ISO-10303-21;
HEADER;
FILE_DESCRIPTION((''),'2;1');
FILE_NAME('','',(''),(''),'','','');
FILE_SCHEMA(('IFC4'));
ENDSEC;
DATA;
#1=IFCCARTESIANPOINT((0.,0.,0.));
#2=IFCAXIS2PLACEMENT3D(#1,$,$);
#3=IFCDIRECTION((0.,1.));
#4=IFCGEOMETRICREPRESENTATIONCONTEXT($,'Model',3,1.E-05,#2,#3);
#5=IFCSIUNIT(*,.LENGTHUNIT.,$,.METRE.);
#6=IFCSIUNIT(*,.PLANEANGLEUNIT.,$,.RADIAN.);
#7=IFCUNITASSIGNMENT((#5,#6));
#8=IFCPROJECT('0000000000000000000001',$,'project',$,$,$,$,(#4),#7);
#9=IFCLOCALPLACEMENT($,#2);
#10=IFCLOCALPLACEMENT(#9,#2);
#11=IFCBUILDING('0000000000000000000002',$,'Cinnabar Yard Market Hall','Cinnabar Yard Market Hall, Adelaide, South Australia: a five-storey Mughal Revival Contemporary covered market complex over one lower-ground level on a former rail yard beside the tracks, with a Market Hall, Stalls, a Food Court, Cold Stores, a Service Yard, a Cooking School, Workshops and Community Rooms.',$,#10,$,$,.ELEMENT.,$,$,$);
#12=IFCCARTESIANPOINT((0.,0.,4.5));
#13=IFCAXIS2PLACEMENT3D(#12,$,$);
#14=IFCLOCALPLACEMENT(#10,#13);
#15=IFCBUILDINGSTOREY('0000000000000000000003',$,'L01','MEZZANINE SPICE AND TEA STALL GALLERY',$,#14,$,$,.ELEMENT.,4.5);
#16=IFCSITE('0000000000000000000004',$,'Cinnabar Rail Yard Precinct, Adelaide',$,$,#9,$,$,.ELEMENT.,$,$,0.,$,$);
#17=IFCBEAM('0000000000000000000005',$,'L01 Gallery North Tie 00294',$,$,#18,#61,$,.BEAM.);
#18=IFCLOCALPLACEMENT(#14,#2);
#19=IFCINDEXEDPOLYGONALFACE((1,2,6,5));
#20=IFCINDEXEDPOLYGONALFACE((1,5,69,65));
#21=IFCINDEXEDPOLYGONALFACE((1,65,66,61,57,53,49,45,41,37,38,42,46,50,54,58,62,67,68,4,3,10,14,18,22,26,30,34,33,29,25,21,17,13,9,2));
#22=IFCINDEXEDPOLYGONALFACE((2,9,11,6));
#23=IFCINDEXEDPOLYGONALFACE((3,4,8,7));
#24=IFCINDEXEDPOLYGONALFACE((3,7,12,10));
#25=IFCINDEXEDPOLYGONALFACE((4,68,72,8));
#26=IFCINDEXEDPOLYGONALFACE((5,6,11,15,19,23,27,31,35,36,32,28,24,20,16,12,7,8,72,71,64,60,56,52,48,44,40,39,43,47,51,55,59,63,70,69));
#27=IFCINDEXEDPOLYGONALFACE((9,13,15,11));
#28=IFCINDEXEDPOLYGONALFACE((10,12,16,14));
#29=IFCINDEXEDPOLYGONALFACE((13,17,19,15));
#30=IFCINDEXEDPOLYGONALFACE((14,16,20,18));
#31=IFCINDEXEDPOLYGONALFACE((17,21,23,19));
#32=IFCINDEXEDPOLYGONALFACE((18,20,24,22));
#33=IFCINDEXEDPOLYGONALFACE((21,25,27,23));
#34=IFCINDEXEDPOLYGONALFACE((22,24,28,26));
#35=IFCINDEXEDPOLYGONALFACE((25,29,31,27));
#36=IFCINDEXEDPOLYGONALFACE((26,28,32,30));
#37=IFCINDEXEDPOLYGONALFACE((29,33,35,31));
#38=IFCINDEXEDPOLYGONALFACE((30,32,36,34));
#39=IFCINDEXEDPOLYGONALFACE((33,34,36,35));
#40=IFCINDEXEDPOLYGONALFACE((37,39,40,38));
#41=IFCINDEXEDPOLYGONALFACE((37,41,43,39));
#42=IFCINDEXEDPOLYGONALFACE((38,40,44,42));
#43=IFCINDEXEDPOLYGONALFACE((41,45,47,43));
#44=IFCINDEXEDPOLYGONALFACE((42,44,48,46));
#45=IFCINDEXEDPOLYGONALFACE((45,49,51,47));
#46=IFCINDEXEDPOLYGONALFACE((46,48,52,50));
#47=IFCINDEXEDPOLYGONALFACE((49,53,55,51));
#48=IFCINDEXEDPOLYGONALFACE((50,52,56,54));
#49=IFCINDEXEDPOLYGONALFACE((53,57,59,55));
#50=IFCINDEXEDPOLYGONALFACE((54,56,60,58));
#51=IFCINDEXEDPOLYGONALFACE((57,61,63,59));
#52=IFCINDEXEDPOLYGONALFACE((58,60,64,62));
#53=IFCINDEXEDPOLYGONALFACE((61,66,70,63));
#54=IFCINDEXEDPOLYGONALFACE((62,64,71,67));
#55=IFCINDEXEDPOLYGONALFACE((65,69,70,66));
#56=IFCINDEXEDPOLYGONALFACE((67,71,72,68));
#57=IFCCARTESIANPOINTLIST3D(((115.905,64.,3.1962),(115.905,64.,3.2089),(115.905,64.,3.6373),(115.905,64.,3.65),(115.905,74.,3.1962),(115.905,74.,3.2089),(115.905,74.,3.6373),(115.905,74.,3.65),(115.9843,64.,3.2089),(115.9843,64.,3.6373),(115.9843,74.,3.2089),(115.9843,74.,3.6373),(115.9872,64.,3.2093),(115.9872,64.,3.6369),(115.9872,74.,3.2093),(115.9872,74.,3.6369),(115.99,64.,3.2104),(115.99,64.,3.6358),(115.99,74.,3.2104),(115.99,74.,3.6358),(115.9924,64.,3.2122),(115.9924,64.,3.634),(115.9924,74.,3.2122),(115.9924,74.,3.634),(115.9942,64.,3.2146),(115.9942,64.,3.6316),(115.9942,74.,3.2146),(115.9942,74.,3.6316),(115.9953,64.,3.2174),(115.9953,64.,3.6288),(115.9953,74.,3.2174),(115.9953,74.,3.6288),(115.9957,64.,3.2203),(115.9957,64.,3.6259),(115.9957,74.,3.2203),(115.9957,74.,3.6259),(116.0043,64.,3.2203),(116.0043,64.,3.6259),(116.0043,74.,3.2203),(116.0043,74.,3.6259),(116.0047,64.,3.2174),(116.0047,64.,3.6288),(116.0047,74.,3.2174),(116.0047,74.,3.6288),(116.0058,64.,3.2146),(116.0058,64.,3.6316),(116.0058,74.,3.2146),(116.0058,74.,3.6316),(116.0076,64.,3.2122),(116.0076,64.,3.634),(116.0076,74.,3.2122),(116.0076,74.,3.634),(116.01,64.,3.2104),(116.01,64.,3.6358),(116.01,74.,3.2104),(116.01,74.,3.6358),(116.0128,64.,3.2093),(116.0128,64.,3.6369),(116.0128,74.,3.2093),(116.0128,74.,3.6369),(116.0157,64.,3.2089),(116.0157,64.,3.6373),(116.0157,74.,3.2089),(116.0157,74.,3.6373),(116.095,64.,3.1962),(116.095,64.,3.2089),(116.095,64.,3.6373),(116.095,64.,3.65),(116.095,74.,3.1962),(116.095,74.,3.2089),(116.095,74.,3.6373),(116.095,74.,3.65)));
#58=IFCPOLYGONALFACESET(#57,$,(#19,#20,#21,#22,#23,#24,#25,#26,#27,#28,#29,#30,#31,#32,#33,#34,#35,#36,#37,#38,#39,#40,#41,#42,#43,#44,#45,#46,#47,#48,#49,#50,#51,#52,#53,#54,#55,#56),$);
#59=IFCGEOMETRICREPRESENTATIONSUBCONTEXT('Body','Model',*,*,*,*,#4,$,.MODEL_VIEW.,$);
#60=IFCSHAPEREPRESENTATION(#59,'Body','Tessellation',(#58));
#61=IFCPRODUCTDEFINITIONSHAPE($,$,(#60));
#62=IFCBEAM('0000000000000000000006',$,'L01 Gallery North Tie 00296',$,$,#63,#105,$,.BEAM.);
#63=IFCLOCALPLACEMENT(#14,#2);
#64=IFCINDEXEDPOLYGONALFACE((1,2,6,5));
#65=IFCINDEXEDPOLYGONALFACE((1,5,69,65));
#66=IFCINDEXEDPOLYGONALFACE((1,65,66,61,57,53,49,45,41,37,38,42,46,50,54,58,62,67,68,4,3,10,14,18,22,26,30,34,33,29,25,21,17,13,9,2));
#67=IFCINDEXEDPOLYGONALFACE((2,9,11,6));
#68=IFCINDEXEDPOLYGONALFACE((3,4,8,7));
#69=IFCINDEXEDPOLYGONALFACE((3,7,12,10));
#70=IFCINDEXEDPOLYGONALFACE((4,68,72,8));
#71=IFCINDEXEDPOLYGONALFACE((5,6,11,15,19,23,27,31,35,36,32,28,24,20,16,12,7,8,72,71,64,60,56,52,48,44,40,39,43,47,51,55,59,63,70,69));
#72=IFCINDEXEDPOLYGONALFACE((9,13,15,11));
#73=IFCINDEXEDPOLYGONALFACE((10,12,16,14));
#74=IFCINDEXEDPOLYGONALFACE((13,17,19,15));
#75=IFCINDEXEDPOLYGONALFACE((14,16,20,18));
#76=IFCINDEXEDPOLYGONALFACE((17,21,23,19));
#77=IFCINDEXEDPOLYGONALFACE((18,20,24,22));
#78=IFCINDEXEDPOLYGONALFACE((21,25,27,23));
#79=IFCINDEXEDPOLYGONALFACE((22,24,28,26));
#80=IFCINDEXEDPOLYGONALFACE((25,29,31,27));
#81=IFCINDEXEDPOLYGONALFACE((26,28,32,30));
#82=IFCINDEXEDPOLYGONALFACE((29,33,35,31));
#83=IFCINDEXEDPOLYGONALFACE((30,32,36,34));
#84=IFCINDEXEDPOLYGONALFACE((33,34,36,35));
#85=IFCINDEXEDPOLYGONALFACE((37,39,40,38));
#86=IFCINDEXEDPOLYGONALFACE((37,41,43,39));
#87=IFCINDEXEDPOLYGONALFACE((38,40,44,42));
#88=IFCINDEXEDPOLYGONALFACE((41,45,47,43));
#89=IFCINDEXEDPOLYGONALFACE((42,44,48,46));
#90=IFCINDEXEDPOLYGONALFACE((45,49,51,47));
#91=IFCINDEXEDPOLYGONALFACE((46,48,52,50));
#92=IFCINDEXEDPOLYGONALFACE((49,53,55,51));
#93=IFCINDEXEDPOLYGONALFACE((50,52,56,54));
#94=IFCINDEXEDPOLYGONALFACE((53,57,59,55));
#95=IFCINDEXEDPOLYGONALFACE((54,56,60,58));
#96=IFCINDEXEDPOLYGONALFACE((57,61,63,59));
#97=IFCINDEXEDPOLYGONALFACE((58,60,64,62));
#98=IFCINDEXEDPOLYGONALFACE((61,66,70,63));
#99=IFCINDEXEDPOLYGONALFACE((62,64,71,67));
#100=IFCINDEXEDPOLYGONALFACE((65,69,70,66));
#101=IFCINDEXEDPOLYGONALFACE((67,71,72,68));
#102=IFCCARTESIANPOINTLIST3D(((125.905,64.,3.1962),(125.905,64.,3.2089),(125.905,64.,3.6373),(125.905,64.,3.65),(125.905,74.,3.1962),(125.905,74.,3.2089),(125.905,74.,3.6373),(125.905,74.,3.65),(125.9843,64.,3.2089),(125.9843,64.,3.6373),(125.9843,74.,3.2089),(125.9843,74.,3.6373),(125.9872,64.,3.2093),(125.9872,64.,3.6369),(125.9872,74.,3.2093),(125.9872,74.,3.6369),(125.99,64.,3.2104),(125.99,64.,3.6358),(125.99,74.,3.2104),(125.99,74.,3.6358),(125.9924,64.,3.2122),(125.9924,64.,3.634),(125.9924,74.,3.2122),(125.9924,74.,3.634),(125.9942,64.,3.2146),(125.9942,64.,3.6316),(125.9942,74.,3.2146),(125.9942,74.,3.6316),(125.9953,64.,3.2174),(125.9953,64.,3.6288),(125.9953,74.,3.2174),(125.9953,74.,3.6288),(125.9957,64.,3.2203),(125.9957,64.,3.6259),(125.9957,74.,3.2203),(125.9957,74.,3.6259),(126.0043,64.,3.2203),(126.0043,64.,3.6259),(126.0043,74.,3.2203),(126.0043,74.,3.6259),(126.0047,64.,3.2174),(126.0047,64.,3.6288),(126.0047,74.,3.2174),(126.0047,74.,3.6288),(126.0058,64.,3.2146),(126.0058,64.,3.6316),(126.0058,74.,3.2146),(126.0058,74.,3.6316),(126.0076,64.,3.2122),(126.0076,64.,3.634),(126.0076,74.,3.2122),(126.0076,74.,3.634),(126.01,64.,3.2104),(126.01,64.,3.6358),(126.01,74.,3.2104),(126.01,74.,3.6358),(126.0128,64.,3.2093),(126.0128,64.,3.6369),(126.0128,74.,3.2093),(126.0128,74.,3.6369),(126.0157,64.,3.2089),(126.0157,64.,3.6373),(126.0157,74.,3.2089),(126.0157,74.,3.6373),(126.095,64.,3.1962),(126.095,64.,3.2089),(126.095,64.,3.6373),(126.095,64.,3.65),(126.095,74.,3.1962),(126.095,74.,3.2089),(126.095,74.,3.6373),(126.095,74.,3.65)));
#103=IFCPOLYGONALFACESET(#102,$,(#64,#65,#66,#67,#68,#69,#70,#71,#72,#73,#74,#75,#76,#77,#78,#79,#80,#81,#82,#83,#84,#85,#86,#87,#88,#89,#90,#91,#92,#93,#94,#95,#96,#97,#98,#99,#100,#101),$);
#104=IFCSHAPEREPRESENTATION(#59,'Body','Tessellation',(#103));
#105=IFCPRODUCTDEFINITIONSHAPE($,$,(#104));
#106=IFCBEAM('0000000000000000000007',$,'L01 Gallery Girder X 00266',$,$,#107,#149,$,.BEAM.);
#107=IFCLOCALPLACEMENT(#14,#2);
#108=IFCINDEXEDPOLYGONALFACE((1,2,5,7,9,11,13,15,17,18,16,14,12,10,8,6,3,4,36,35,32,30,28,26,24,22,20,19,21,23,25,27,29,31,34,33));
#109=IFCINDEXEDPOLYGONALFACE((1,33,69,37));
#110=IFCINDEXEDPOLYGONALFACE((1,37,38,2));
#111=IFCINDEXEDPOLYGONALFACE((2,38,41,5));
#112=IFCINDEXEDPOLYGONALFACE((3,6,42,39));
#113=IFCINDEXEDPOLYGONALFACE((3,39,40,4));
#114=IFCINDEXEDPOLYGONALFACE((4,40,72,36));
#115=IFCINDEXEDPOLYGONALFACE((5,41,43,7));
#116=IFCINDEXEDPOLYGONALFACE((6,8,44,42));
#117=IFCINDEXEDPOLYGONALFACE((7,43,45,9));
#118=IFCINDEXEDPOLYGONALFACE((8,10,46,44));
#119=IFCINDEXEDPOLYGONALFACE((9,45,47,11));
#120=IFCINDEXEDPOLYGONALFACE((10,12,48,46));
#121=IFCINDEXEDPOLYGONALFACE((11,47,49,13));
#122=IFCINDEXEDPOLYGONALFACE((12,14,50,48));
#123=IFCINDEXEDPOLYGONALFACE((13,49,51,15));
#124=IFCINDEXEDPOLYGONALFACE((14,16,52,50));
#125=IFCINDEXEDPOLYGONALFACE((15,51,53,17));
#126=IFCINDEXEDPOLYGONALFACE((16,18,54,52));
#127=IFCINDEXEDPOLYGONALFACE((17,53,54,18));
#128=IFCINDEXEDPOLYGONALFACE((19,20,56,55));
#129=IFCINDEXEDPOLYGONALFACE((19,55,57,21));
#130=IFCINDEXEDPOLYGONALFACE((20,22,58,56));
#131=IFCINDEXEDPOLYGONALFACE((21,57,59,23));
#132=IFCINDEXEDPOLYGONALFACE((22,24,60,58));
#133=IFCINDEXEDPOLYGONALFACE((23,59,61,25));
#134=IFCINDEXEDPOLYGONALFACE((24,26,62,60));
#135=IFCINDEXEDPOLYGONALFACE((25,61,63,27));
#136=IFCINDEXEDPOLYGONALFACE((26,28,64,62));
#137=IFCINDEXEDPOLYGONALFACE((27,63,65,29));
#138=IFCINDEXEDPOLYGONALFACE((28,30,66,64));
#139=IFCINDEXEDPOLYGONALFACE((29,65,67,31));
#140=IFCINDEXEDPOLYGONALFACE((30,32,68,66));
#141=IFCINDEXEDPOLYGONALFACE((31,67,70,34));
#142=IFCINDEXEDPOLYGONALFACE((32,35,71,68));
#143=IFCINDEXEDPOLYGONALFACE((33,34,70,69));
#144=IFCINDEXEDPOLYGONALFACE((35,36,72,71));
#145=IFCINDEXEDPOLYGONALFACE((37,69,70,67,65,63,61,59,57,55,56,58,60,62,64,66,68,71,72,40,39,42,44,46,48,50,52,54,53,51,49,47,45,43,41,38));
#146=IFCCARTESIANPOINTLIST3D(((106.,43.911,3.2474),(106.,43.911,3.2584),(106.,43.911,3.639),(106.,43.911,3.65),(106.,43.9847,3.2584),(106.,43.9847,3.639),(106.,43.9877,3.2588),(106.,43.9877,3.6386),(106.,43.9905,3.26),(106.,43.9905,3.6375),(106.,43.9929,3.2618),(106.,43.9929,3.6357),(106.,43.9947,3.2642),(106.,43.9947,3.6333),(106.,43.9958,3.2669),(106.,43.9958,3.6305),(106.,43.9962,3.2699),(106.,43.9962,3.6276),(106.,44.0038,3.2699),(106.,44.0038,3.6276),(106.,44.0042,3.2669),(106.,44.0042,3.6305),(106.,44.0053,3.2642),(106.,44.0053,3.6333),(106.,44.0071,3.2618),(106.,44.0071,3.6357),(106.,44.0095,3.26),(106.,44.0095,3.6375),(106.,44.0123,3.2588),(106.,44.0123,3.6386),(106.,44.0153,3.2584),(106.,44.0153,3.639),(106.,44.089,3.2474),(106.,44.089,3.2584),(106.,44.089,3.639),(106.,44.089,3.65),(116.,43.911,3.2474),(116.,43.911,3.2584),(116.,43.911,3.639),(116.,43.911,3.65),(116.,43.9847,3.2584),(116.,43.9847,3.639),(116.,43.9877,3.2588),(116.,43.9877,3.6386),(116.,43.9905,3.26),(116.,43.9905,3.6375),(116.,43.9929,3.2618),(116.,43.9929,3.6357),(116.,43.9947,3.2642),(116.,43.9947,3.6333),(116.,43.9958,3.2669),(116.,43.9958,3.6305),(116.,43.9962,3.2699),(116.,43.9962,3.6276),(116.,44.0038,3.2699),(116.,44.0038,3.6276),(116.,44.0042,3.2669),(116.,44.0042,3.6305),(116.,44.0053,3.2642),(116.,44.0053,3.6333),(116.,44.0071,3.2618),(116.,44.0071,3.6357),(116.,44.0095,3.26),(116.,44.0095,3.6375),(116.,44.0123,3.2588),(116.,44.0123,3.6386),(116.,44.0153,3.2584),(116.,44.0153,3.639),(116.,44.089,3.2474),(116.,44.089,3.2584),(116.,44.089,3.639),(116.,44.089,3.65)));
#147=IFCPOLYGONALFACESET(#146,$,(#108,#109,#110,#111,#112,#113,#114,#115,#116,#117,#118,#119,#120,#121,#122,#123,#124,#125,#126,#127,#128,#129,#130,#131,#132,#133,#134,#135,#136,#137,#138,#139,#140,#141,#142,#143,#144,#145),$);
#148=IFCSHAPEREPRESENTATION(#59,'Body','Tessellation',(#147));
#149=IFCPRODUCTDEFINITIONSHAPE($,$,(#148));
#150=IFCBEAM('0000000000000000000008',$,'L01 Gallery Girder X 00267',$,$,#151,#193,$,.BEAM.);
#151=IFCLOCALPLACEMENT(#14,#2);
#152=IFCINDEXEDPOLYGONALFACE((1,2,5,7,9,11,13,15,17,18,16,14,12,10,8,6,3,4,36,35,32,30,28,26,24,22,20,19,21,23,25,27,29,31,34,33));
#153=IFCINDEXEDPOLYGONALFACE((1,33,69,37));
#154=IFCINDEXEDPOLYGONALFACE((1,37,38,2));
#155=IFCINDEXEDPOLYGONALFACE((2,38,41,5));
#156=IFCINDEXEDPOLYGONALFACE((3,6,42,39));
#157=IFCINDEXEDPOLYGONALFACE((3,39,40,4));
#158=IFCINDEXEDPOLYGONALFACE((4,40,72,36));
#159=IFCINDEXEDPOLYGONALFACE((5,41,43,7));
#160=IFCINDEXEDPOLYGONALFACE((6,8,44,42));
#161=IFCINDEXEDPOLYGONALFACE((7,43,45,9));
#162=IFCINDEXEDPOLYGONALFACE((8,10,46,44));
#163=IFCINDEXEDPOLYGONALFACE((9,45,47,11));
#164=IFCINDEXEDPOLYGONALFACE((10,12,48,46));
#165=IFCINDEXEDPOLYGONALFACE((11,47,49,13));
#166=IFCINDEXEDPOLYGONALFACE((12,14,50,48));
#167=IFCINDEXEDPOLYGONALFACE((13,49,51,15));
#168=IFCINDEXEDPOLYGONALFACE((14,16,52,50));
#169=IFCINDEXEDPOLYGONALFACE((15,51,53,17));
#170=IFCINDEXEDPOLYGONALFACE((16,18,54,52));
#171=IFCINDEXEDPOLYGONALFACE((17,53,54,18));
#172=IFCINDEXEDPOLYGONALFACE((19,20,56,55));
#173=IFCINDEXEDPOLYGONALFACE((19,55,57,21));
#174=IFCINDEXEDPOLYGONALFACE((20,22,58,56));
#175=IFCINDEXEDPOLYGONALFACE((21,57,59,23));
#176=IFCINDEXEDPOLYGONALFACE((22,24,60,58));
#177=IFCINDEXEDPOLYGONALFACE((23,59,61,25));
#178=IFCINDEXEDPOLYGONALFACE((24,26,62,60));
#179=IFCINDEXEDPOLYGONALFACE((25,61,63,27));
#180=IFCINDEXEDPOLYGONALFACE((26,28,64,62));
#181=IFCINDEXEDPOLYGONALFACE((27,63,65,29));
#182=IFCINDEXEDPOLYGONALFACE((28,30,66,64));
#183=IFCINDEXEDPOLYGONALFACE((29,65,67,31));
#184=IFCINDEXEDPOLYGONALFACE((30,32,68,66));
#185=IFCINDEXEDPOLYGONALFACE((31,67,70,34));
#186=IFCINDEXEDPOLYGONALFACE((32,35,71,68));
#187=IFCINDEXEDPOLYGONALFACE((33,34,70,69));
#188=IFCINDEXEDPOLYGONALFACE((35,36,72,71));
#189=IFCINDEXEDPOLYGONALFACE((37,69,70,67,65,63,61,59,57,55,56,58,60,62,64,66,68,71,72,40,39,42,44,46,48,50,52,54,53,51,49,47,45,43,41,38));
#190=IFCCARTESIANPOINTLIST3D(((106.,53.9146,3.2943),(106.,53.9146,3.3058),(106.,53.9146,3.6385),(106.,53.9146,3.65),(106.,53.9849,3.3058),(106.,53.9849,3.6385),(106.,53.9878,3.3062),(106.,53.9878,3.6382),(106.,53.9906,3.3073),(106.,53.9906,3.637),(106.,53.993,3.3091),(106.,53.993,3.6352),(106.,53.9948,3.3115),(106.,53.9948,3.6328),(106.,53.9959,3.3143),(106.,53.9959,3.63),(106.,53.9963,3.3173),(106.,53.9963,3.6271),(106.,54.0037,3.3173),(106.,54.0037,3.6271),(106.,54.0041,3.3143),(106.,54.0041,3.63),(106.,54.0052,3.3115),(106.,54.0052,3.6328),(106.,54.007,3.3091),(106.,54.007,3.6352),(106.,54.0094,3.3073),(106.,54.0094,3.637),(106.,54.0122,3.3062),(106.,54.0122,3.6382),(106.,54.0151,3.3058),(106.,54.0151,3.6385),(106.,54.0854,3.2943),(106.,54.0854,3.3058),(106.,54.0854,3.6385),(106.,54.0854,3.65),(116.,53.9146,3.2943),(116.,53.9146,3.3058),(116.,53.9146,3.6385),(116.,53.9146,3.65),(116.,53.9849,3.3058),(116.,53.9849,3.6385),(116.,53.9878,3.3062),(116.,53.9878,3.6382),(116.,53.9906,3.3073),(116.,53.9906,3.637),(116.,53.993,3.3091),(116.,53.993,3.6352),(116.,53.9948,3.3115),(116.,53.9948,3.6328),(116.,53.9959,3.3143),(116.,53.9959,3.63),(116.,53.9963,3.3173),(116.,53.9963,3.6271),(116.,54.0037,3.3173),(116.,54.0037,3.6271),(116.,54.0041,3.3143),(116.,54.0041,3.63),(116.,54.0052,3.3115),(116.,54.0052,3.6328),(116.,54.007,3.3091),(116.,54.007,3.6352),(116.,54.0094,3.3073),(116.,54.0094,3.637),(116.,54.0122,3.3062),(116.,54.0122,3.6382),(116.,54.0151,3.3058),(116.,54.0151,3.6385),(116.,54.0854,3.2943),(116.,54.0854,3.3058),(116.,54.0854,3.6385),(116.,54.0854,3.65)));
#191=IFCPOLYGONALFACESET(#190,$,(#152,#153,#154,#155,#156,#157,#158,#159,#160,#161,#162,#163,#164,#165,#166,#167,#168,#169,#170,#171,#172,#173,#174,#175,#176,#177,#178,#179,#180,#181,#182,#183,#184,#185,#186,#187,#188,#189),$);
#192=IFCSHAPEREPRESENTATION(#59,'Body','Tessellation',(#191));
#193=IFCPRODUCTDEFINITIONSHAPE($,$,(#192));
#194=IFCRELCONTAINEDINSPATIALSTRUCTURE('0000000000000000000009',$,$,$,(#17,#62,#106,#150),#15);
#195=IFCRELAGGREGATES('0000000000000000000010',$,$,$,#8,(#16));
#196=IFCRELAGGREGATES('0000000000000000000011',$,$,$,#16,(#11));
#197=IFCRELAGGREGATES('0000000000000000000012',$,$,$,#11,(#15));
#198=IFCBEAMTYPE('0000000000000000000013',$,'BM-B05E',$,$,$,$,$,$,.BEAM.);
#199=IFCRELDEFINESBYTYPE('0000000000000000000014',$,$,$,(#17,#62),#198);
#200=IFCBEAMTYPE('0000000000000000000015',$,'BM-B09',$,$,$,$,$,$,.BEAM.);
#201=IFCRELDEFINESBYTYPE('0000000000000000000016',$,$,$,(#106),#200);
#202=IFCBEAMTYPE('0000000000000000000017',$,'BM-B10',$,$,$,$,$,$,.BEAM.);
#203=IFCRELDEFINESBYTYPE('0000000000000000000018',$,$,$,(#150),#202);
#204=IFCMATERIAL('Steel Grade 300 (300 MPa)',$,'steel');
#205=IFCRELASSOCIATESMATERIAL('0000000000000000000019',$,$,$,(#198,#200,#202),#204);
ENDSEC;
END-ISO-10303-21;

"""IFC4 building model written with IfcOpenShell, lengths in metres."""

from ifc_helpers import new_model, si_unit, direction, frame, origin, origin_2d_with_axis, place, context, subcontext, project, spatial, i_section, extrude, material, material_profile, profile_set, type_object, element, save


model = new_model("IFC4")

# Units and contexts
model_context = context("Model", 3, precision=1e-05, world=origin(), true_north=direction((0.0, 1.0)))
body_context = subcontext(model_context, "Body", "Model", "MODEL_VIEW")
ifc_project = project(units=[si_unit("LENGTHUNIT", "METRE"), si_unit("PLANEANGLEUNIT", "RADIAN")], contexts=[model_context])

# Site, building, storey
site_placement = place(None, origin())
site = spatial("IfcSite", under=ifc_project, at=site_placement, Name="Cinnabar Rail Yard Precinct, Adelaide", CompositionType="ELEMENT", RefElevation=0.0)
building_placement = place(site_placement, origin())
building = spatial("IfcBuilding", under=site, at=building_placement, Name="Cinnabar Yard Market Hall", Description="Cinnabar Yard Market Hall, Adelaide, South Australia: a five-storey Mughal Revival Contemporary covered market complex over one lower-ground level on a former rail yard beside the tracks, with a Market Hall, Stalls, a Food Court, Cold Stores, a Service Yard, a Cooking School, Workshops and Community Rooms.", CompositionType="ELEMENT")
storey_placement = place(building_placement, frame((0.0, 0.0, 4.5)))
storey = spatial("IfcBuildingStorey", under=building, at=storey_placement, Name="L01", Description="MEZZANINE SPICE AND TEA STALL GALLERY", CompositionType="ELEMENT", Elevation=4.5)

# Beams
ifc_material_1 = material(Name="Steel Grade 300 (300 MPa)", Category="steel")
ifc_material_profile_1 = material_profile(ifc_material_1, i_section(OverallWidth=0.1899, OverallDepth=0.4539, WebThickness=0.0085, FlangeThickness=0.0127, FilletRadius=0.0115, at=origin_2d_with_axis()), Name="460UB67.1")
ifc_profile_set_1 = profile_set([ifc_material_profile_1], Name="Steel Grade 300 (300 MPa)")
beam_type_1 = type_object("IfcBeamType", Name="BM-B05E", PredefinedType="BEAM", material=ifc_profile_set_1)
for number, where, z_axis, x_axis, name in (
    (1, (116.0, 64.0, 3.4231), (0.0, 1.0, 0.0), (-1.0, 0.0, 0.0), "L01 Gallery North Tie 00294"),
    (2, (126.0, 64.0, 3.4231), (0.0, 1.0, 0.0), (-1.0, 0.0, 0.0), "L01 Gallery North Tie 00296"),
):
    element("IfcBeam", number, at=place(storey_placement, frame(where, z_axis=z_axis, x_axis=x_axis)), inside=storey, type_object=beam_type_1, Name=name, PredefinedType="BEAM", context=body_context, shape_type="SweptSolid", body=[
        extrude(i_section(OverallWidth=0.1899, OverallDepth=0.4539, WebThickness=0.0085, FlangeThickness=0.0127, FilletRadius=0.0115, at=origin_2d_with_axis()), origin(), (0.0, 0.0, 1.0), 10.0),
    ])
ifc_material_profile_2 = material_profile(ifc_material_1, i_section(OverallWidth=0.178, OverallDepth=0.4026, WebThickness=0.0076, FlangeThickness=0.011, FilletRadius=0.0115, at=origin_2d_with_axis()), Name="410UB53.7")
ifc_profile_set_2 = profile_set([ifc_material_profile_2], Name="Steel Grade 300 (300 MPa)")
beam_type_2 = type_object("IfcBeamType", Name="BM-B09", PredefinedType="BEAM", material=ifc_profile_set_2)
beam_1_placement = place(storey_placement, frame((106.0, 44.0, 3.4487), z_axis=(1.0, 0.0, 0.0), x_axis=(0.0, 1.0, 0.0)))
element("IfcBeam", 3, at=beam_1_placement, inside=storey, type_object=beam_type_2, Name="L01 Gallery Girder X 00266", PredefinedType="BEAM", context=body_context, shape_type="SweptSolid", body=[
    extrude(i_section(OverallWidth=0.178, OverallDepth=0.4026, WebThickness=0.0076, FlangeThickness=0.011, FilletRadius=0.0115, at=origin_2d_with_axis()), origin(), (0.0, 0.0, 1.0), 10.0),
])
ifc_material_profile_3 = material_profile(ifc_material_1, i_section(OverallWidth=0.1709, OverallDepth=0.3557, WebThickness=0.0073, FlangeThickness=0.0115, FilletRadius=0.0115, at=origin_2d_with_axis()), Name="360UB50.7")
ifc_profile_set_3 = profile_set([ifc_material_profile_3], Name="Steel Grade 300 (300 MPa)")
beam_type_3 = type_object("IfcBeamType", Name="BM-B10", PredefinedType="BEAM", material=ifc_profile_set_3)
for number, where, z_axis, x_axis, name in (
    (4, (106.0, 54.0, 3.4722), (1.0, 0.0, 0.0), (0.0, 1.0, 0.0), "L01 Gallery Girder X 00267"),
):
    element("IfcBeam", number, at=place(storey_placement, frame(where, z_axis=z_axis, x_axis=x_axis)), inside=storey, type_object=beam_type_3, Name=name, PredefinedType="BEAM", context=body_context, shape_type="SweptSolid", body=[
        extrude(i_section(OverallWidth=0.1709, OverallDepth=0.3557, WebThickness=0.0073, FlangeThickness=0.0115, FilletRadius=0.0115, at=origin_2d_with_axis()), origin(), (0.0, 0.0, 1.0), 10.0),
    ])

save(model, "model.ifc")
